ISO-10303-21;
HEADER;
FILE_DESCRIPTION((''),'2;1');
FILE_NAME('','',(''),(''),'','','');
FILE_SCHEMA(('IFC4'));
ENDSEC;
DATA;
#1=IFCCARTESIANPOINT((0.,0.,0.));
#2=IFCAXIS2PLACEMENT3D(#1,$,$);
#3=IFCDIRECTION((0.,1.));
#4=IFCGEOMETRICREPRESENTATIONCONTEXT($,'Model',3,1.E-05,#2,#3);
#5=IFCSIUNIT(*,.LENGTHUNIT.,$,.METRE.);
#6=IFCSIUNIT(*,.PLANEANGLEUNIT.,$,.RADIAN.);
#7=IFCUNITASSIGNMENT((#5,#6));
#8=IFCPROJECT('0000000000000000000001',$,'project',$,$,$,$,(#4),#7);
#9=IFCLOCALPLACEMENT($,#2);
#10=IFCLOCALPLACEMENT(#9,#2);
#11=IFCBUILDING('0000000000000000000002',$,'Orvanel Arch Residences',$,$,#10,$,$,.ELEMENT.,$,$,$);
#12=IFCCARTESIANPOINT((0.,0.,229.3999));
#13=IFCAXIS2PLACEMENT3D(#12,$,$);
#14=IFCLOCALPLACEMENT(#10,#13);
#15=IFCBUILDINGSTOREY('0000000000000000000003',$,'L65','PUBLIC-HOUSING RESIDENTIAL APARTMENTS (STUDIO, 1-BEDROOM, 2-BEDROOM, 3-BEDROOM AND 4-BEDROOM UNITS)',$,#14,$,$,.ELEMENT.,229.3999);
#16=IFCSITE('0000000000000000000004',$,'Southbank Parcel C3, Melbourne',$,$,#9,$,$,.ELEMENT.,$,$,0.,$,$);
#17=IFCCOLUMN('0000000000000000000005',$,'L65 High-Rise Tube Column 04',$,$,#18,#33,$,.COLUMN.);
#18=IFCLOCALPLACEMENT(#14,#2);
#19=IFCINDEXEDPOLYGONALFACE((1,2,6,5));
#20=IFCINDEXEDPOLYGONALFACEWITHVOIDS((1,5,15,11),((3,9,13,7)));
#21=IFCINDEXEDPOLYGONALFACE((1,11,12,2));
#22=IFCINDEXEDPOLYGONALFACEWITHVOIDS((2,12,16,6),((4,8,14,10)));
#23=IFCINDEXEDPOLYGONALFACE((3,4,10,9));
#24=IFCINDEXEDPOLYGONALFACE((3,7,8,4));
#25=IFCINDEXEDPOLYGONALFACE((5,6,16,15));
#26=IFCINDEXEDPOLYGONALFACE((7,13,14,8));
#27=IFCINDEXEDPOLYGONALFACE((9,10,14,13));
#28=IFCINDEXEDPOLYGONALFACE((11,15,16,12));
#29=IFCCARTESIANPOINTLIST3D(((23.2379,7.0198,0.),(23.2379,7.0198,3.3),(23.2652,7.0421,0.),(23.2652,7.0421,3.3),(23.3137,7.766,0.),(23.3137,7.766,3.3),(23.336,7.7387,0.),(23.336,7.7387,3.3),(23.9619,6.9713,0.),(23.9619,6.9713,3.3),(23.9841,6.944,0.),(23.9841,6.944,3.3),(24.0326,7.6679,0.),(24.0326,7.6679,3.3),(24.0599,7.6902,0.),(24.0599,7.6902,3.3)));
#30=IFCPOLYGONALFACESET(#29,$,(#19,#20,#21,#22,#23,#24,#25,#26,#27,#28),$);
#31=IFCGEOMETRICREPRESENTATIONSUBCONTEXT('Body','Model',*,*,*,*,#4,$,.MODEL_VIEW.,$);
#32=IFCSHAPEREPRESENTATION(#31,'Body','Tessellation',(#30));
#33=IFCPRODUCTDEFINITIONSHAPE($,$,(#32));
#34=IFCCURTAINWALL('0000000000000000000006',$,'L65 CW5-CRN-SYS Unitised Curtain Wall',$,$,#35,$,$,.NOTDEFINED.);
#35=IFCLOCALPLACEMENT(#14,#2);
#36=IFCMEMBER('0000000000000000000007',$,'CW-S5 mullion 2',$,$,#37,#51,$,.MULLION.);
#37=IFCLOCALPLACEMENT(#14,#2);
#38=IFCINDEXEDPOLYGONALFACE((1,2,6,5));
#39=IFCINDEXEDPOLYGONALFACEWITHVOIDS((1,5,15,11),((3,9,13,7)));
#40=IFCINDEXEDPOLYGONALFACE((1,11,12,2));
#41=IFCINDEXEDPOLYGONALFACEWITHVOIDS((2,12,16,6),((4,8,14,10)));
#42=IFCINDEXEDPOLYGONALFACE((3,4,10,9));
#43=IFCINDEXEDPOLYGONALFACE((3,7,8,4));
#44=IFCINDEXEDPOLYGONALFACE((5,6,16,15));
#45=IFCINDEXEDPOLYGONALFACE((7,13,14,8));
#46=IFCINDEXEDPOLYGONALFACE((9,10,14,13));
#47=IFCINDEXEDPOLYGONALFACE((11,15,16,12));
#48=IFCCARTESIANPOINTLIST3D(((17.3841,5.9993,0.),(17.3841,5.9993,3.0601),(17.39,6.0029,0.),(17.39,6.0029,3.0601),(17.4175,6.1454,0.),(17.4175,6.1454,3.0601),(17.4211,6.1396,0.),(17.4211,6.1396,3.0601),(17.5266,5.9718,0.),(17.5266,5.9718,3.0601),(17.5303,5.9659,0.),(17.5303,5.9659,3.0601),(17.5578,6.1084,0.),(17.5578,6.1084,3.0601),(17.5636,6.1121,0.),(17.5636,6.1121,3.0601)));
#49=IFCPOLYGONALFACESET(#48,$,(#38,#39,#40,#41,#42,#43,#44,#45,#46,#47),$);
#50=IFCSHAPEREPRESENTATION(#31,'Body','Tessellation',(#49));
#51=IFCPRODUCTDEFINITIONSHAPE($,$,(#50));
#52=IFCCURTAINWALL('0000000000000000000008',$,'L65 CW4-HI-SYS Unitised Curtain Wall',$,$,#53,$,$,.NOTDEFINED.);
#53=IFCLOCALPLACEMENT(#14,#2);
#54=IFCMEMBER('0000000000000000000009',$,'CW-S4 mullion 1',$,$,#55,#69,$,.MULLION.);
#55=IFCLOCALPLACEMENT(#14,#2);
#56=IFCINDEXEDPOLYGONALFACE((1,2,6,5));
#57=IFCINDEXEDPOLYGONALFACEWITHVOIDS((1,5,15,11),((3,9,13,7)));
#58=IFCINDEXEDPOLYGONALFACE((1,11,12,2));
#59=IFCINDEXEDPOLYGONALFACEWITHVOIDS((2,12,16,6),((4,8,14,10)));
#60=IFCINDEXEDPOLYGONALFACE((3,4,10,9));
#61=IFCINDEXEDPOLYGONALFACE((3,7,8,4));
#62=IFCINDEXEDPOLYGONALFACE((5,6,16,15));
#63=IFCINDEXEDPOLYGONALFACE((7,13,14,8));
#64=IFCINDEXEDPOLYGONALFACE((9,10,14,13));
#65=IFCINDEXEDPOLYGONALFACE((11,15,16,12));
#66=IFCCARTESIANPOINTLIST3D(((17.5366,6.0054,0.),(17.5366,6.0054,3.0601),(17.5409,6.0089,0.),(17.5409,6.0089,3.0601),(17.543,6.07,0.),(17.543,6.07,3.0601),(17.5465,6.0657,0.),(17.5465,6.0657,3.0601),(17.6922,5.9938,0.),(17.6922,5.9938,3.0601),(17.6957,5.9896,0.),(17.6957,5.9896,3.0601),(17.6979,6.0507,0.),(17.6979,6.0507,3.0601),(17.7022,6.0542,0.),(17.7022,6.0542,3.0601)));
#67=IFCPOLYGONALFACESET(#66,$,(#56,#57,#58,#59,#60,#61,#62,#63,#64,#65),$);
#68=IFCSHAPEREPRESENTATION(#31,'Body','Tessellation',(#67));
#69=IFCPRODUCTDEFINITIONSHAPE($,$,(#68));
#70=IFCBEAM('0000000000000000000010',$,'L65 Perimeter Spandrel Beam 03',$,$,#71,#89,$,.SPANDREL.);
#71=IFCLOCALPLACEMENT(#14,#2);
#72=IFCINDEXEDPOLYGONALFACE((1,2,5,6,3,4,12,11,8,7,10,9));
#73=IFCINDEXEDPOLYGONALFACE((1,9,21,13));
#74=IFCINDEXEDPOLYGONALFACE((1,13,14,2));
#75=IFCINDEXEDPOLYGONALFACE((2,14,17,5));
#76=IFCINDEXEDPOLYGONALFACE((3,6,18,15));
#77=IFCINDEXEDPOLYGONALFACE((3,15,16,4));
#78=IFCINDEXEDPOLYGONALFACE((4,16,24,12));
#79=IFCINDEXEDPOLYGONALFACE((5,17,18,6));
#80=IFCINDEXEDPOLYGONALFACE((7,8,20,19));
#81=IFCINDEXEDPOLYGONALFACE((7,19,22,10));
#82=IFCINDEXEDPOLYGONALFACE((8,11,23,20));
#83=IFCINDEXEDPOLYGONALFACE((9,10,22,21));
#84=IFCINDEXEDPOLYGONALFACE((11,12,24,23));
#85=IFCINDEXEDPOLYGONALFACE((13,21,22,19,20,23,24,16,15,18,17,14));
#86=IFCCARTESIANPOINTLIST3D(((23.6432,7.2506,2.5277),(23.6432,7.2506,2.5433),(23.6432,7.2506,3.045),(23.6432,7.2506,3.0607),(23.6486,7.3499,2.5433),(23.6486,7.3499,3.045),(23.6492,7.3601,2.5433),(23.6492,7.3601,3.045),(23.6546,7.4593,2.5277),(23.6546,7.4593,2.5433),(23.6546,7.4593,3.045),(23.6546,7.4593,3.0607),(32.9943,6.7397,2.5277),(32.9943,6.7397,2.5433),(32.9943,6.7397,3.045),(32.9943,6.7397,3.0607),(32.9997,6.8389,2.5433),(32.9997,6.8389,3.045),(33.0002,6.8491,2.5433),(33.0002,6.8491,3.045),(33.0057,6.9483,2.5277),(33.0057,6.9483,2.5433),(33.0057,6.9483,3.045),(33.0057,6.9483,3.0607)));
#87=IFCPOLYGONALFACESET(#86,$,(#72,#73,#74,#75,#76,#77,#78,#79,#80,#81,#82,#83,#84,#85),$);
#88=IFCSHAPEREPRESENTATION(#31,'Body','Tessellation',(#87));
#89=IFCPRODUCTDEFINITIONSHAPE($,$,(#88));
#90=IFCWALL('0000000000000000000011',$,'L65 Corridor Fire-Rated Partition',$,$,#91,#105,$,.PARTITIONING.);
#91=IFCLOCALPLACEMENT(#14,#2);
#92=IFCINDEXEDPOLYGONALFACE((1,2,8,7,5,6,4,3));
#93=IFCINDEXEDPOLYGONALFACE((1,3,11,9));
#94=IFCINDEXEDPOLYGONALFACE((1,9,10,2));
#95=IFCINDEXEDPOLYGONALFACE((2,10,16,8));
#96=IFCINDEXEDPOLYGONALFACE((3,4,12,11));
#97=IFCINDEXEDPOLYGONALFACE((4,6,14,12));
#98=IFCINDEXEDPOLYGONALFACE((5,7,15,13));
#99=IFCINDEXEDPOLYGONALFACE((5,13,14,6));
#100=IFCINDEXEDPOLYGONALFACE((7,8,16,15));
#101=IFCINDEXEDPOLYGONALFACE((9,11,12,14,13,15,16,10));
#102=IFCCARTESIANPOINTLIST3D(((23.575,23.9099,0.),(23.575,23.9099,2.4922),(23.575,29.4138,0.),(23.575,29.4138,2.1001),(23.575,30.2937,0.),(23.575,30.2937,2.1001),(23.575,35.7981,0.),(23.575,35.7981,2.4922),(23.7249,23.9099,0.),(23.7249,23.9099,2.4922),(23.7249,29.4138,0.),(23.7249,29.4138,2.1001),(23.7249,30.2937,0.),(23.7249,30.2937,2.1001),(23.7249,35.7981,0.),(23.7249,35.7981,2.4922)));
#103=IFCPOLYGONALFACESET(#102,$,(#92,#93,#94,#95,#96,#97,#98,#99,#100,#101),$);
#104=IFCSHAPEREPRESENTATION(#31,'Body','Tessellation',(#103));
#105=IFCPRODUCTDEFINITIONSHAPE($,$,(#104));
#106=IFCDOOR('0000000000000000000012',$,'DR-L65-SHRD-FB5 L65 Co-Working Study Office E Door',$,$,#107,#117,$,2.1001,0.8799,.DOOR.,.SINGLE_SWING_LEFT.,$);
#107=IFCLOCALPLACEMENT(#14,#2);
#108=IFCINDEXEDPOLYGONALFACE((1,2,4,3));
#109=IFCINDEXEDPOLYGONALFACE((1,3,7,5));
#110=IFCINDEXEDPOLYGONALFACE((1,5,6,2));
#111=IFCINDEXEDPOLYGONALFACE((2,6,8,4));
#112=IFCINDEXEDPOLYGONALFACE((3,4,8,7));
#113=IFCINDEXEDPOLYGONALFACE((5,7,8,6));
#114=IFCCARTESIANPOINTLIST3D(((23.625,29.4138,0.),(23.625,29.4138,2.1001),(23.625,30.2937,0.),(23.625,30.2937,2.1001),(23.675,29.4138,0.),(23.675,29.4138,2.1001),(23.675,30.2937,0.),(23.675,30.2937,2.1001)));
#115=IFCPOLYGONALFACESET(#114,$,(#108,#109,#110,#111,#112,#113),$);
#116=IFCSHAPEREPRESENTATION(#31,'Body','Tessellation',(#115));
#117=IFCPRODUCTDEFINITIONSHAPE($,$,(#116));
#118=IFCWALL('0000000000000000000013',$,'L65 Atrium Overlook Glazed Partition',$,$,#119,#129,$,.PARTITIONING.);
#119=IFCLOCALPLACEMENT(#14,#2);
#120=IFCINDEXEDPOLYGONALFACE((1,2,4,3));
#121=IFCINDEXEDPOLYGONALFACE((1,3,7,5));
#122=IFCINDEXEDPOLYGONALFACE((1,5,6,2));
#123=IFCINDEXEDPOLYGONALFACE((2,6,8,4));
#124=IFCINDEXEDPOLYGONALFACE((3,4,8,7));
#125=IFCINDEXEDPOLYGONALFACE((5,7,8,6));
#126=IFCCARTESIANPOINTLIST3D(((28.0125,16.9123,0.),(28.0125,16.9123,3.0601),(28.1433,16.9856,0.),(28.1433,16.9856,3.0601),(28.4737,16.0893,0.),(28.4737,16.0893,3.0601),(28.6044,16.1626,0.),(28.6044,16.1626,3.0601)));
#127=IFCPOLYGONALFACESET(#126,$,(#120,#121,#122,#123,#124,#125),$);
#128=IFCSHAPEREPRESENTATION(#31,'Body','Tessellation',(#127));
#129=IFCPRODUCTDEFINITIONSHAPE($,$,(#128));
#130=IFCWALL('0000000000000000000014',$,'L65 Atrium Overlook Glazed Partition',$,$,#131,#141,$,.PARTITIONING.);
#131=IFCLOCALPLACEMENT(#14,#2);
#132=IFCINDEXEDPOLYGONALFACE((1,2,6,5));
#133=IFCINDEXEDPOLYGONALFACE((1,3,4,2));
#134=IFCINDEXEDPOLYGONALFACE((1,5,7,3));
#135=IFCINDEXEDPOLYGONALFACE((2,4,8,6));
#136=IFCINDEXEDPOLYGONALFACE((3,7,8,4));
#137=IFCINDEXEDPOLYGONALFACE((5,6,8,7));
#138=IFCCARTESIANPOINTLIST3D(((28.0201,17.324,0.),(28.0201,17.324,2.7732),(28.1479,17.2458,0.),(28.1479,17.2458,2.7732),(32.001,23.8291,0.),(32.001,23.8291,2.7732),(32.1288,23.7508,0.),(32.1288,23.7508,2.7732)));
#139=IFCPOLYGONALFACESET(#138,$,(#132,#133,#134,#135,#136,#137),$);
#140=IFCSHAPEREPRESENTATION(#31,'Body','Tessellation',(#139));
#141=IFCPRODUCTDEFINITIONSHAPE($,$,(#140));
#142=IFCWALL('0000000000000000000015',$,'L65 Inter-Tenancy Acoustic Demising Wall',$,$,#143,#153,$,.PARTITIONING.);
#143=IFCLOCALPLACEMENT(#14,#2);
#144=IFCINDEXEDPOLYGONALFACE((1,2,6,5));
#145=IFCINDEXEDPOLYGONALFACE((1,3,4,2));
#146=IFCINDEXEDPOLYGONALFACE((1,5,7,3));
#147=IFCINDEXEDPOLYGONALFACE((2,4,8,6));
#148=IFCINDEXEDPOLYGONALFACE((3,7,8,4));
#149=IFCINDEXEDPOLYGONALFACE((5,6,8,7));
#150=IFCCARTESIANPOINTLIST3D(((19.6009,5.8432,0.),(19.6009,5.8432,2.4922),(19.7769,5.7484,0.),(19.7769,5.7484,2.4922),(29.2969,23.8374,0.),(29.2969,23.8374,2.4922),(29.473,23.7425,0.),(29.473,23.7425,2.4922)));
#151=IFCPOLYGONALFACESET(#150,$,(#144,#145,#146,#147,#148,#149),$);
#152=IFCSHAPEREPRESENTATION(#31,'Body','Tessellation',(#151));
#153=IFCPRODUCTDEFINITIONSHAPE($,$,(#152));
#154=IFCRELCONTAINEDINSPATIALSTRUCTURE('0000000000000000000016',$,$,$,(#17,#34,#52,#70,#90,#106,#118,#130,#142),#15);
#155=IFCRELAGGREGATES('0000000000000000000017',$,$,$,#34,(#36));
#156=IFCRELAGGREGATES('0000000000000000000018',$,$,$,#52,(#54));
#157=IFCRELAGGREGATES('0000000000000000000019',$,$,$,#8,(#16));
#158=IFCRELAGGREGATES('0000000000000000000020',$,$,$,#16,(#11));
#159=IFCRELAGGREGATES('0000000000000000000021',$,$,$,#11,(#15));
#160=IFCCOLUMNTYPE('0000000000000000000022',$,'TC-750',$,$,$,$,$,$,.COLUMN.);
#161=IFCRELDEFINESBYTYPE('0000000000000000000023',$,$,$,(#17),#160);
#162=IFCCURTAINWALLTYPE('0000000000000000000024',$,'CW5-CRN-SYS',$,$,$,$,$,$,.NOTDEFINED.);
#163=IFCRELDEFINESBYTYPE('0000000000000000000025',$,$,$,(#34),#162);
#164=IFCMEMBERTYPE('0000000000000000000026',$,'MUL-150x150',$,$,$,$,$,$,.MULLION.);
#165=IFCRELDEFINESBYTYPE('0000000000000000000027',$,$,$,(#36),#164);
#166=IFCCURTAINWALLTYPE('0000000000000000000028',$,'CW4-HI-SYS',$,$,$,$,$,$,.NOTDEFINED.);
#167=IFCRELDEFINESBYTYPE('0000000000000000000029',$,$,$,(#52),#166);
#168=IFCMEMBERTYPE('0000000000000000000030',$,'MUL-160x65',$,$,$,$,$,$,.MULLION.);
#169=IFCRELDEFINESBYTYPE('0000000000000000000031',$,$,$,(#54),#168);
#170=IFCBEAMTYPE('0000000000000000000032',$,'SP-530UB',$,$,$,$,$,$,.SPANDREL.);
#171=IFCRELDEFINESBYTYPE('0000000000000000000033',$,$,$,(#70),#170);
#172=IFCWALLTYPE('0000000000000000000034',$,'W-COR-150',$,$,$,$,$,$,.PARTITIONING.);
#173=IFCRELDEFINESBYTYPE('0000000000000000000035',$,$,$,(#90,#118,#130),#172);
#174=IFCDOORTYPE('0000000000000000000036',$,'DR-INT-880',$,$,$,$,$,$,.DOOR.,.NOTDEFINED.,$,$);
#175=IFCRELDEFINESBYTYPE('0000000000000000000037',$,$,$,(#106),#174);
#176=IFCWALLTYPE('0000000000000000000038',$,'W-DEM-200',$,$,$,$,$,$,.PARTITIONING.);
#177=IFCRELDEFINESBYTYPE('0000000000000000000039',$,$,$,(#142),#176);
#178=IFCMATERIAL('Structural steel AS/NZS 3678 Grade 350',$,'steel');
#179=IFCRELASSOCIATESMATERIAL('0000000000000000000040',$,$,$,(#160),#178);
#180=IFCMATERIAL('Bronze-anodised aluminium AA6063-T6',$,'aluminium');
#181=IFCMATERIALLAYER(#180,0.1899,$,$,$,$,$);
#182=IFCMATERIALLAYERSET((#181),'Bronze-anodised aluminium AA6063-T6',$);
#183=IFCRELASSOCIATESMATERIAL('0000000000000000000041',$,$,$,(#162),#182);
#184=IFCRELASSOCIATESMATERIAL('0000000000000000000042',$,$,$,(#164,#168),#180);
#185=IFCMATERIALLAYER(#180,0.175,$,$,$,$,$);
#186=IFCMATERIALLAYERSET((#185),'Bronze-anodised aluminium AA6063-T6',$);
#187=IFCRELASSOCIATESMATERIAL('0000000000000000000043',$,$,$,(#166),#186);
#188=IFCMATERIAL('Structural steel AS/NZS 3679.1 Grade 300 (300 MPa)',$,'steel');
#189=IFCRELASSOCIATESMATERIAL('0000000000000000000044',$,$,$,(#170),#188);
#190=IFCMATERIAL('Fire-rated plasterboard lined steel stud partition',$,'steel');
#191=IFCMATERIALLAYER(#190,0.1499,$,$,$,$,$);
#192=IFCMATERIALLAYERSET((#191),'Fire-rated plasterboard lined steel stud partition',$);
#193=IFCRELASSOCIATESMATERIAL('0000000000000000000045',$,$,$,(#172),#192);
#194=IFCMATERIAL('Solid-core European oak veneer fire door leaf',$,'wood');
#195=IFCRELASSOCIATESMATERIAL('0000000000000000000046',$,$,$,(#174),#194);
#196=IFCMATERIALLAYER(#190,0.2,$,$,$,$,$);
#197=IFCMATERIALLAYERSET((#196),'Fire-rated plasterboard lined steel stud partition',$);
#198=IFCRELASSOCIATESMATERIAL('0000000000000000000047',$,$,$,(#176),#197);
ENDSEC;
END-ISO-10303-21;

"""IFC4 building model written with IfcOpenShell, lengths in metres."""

from ifc_helpers import new_model, si_unit, direction, frame, frame_2d, origin, origin_2d, place, context, subcontext, project, spatial, rectangle, hollow_rectangle, i_section, extrude, material, layer, layer_set, material_profile, profile_set, type_object, element, fill, aggregate, save


model = new_model("IFC4")

# Units and contexts
model_context = context("Model", 3, precision=1e-05, world=origin(), true_north=direction((0.0, 1.0)))
body_context = subcontext(model_context, "Body", "Model", "MODEL_VIEW")
ifc_project = project(units=[si_unit("LENGTHUNIT", "METRE"), si_unit("PLANEANGLEUNIT", "RADIAN")], contexts=[model_context])

# Site, building, storey
site_placement = place(None, origin())
site = spatial("IfcSite", under=ifc_project, at=site_placement, Name="Southbank Parcel C3, Melbourne", CompositionType="ELEMENT", RefElevation=0.0)
building_placement = place(site_placement, origin())
building = spatial("IfcBuilding", under=site, at=building_placement, Name="Orvanel Arch Residences", CompositionType="ELEMENT")
storey_placement = place(building_placement, frame((0.0, 0.0, 229.3999)))
storey = spatial("IfcBuildingStorey", under=building, at=storey_placement, Name="L65", Description="PUBLIC-HOUSING RESIDENTIAL APARTMENTS (STUDIO, 1-BEDROOM, 2-BEDROOM, 3-BEDROOM AND 4-BEDROOM UNITS)", CompositionType="ELEMENT", Elevation=229.3999)

# Column
ifc_material_1 = material(Name="Structural steel AS/NZS 3678 Grade 350", Category="steel")
ifc_material_profile_1 = material_profile(ifc_material_1, hollow_rectangle(XDim=0.75, YDim=0.75, WallThickness=0.0249, at=origin_2d()), Name="BOX750x750x25")
ifc_profile_set_1 = profile_set([ifc_material_profile_1], Name="Structural steel AS/NZS 3678 Grade 350")
column_type = type_object("IfcColumnType", Name="TC-750", PredefinedType="COLUMN", material=ifc_profile_set_1)
column_placement = place(storey_placement, frame((23.6489, 7.355, 0.0), z_axis=(0.0, 0.0, 1.0), x_axis=(-0.994881, 0.101056, 0.0)))
element("IfcColumn", 1, at=column_placement, inside=storey, type_object=column_type, Name="L65 High-Rise Tube Column 04", PredefinedType="COLUMN", context=body_context, shape_type="SweptSolid", body=[
    extrude(hollow_rectangle(XDim=0.75, YDim=0.75, WallThickness=0.0249, at=origin_2d()), origin(), (0.0, 0.0, 1.0), 3.3),
])

# Curtain walls, members
ifc_material_2 = material(Name="Bronze-anodised aluminium AA6063-T6", Category="aluminium")
ifc_layer_1 = layer(ifc_material_2, 0.1899)
ifc_layer_set_1 = layer_set([ifc_layer_1], Name="Bronze-anodised aluminium AA6063-T6")
curtain_wall_type_1 = type_object("IfcCurtainWallType", Name="CW5-CRN-SYS", PredefinedType="NOTDEFINED", material=ifc_layer_set_1)
curtain_wall_1_placement = place(storey_placement, origin())
curtain_wall_1 = element("IfcCurtainWall", 2, at=curtain_wall_1_placement, inside=storey, type_object=curtain_wall_type_1, Name="L65 CW5-CRN-SYS Unitised Curtain Wall", PredefinedType="NOTDEFINED")
ifc_material_profile_2 = material_profile(ifc_material_2, hollow_rectangle(XDim=0.1499, YDim=0.1499, WallThickness=0.0049, at=origin_2d()), Name="ALU150x150x5")
ifc_profile_set_2 = profile_set([ifc_material_profile_2], Name="Bronze-anodised aluminium AA6063-T6")
member_type_1 = type_object("IfcMemberType", Name="MUL-150x150", PredefinedType="MULLION", material=ifc_profile_set_2)
member_1_placement = place(storey_placement, frame((17.4739, 6.0557, 0.0), z_axis=(0.0, 0.0, 1.0), x_axis=(0.222302, 0.974978, 0.0)))
member_1 = element("IfcMember", 3, at=member_1_placement, type_object=member_type_1, Name="CW-S5 mullion 2", PredefinedType="MULLION", context=body_context, shape_type="SweptSolid", body=[
    extrude(hollow_rectangle(XDim=0.1499, YDim=0.1499, WallThickness=0.0049, at=origin_2d()), origin(), (0.0, 0.0, 1.0), 3.0601),
])
aggregate(curtain_wall_1, [member_1])
ifc_layer_2 = layer(ifc_material_2, 0.175)
ifc_layer_set_2 = layer_set([ifc_layer_2], Name="Bronze-anodised aluminium AA6063-T6")
curtain_wall_type_2 = type_object("IfcCurtainWallType", Name="CW4-HI-SYS", PredefinedType="NOTDEFINED", material=ifc_layer_set_2)
curtain_wall_2_placement = place(storey_placement, origin())
curtain_wall_2 = element("IfcCurtainWall", 4, at=curtain_wall_2_placement, inside=storey, type_object=curtain_wall_type_2, Name="L65 CW4-HI-SYS Unitised Curtain Wall", PredefinedType="NOTDEFINED")
ifc_material_profile_3 = material_profile(ifc_material_2, hollow_rectangle(XDim=0.0649, YDim=0.1599, WallThickness=0.0039, at=origin_2d()), Name="ALU160x65x4")
ifc_profile_set_3 = profile_set([ifc_material_profile_3], Name="Bronze-anodised aluminium AA6063-T6")
member_type_2 = type_object("IfcMemberType", Name="MUL-160x65", PredefinedType="MULLION", material=ifc_profile_set_3)
member_2_placement = place(storey_placement, frame((17.6194, 6.0298, 0.0), z_axis=(0.0, 0.0, 1.0), x_axis=(0.099033, 0.995084, 0.0)))
member_2 = element("IfcMember", 5, at=member_2_placement, type_object=member_type_2, Name="CW-S4 mullion 1", PredefinedType="MULLION", context=body_context, shape_type="SweptSolid", body=[
    extrude(hollow_rectangle(XDim=0.0649, YDim=0.1599, WallThickness=0.0039, at=origin_2d()), origin(), (0.0, 0.0, 1.0), 3.0601),
])
aggregate(curtain_wall_2, [member_2])

# Beam
ifc_material_3 = material(Name="Structural steel AS/NZS 3679.1 Grade 300 (300 MPa)", Category="steel")
ifc_material_profile_4 = material_profile(ifc_material_3, i_section(OverallWidth=0.209, OverallDepth=0.533, WebThickness=0.0103, FlangeThickness=0.0156, at=origin_2d()), Name="530UB92.4")
ifc_profile_set_4 = profile_set([ifc_material_profile_4], Name="Structural steel AS/NZS 3679.1 Grade 300 (300 MPa)")
beam_type = type_object("IfcBeamType", Name="SP-530UB", PredefinedType="SPANDREL", material=ifc_profile_set_4)
beam_placement = place(storey_placement, frame((23.6489, 7.355, 2.7942), z_axis=(0.99851, -0.054563, 0.0), x_axis=(0.054563, 0.99851, 0.0)))
element("IfcBeam", 6, at=beam_placement, inside=storey, type_object=beam_type, Name="L65 Perimeter Spandrel Beam 03", PredefinedType="SPANDREL", context=body_context, shape_type="SweptSolid", body=[
    extrude(i_section(OverallWidth=0.209, OverallDepth=0.533, WebThickness=0.0103, FlangeThickness=0.0156, at=origin_2d()), origin(), (0.0, 0.0, 1.0), 9.365),
])

# Wall, opening, door
ifc_material_4 = material(Name="Fire-rated plasterboard lined steel stud partition", Category="steel")
ifc_layer_3 = layer(ifc_material_4, 0.1499)
ifc_layer_set_3 = layer_set([ifc_layer_3], Name="Fire-rated plasterboard lined steel stud partition")
wall_type_1 = type_object("IfcWallType", Name="W-COR-150", PredefinedType="PARTITIONING", material=ifc_layer_set_3)
wall_1_placement = place(storey_placement, frame((23.6499, 23.9099, 0.0), z_axis=(0.0, 0.0, 1.0), x_axis=(0.0, 1.0, 0.0)))
wall_1 = element("IfcWall", 7, at=wall_1_placement, inside=storey, type_object=wall_type_1, Name="L65 Corridor Fire-Rated Partition", PredefinedType="PARTITIONING", context=body_context, shape_type="SweptSolid", body=[
    extrude(rectangle(XDim=11.8882, YDim=0.1499, at=frame_2d((5.9441, 0.0))), origin(), (0.0, 0.0, 1.0), 2.4922),
])
opening_1_placement = place(wall_1_placement, frame((5.5039, 0.0, 0.0)))
opening_1 = element("IfcOpeningElement", 8, at=opening_1_placement, cuts=wall_1, PredefinedType="OPENING", context=body_context, shape_type="SweptSolid", body=[
    extrude(rectangle(XDim=0.8799, YDim=2.1001, at=frame_2d((0.4399, 1.05))), frame((0.0, 0.085, 0.0), z_axis=(0.0, -1.0, 0.0), x_axis=(1.0, 0.0, 0.0)), (0.0, 0.0, 1.0), 0.1699),
])
ifc_material_5 = material(Name="Solid-core European oak veneer fire door leaf", Category="wood")
door_type_1 = type_object("IfcDoorType", Name="DR-INT-880", OperationType="NOTDEFINED", PredefinedType="DOOR", material=ifc_material_5)
door_1_placement = place(opening_1_placement, origin())
door_1 = element("IfcDoor", 9, at=door_1_placement, inside=storey, type_object=door_type_1, Name="DR-L65-SHRD-FB5 L65 Co-Working Study Office E Door", OperationType="SINGLE_SWING_LEFT", OverallHeight=2.1001, OverallWidth=0.8799, PredefinedType="DOOR", context=body_context, shape_type="SweptSolid", body=[
    extrude(rectangle(XDim=0.8799, YDim=2.1001, at=frame_2d((0.4399, 1.05))), frame((0.0, 0.0249, 0.0), z_axis=(0.0, -1.0, 0.0), x_axis=(1.0, 0.0, 0.0)), (0.0, 0.0, 1.0), 0.05),
])
fill(opening_1, door_1)

# Walls
wall_2_placement = place(storey_placement, frame((28.5391, 16.126, 0.0), z_axis=(0.0, 0.0, 1.0), x_axis=(-0.488848, 0.872369, 0.0)))
element("IfcWall", 10, at=wall_2_placement, inside=storey, type_object=wall_type_1, Name="L65 Atrium Overlook Glazed Partition", PredefinedType="PARTITIONING", context=body_context, shape_type="SweptSolid", body=[
    extrude(rectangle(XDim=0.9434, YDim=0.1499, at=frame_2d((0.4717, 0.0))), origin(), (0.0, 0.0, 1.0), 3.0601),
])
wall_3_placement = place(storey_placement, frame((28.084, 17.2849, 0.0), z_axis=(0.0, 0.0, 1.0), x_axis=(0.521985, 0.852955, 0.0)))
element("IfcWall", 11, at=wall_3_placement, inside=storey, type_object=wall_type_1, Name="L65 Atrium Overlook Glazed Partition", PredefinedType="PARTITIONING", context=body_context, shape_type="SweptSolid", body=[
    extrude(rectangle(XDim=7.6265, YDim=0.1499, at=frame_2d((3.8132, 0.0))), origin(), (0.0, 0.0, 1.0), 2.7732),
])
ifc_layer_4 = layer(ifc_material_4, 0.2)
ifc_layer_set_4 = layer_set([ifc_layer_4], Name="Fire-rated plasterboard lined steel stud partition")
wall_type_2 = type_object("IfcWallType", Name="W-DEM-200", PredefinedType="PARTITIONING", material=ifc_layer_set_4)
wall_4_placement = place(storey_placement, frame((29.385, 23.79, 0.0), z_axis=(0.0, 0.0, 1.0), x_axis=(-0.474361, -0.88033, 0.0)))
element("IfcWall", 12, at=wall_4_placement, inside=storey, type_object=wall_type_2, Name="L65 Inter-Tenancy Acoustic Demising Wall", PredefinedType="PARTITIONING", context=body_context, shape_type="SweptSolid", body=[
    extrude(rectangle(XDim=20.4402, YDim=0.2, at=frame_2d((10.2202, 0.0))), origin(), (0.0, 0.0, 1.0), 2.4922),
])

save(model, "model.ifc")
